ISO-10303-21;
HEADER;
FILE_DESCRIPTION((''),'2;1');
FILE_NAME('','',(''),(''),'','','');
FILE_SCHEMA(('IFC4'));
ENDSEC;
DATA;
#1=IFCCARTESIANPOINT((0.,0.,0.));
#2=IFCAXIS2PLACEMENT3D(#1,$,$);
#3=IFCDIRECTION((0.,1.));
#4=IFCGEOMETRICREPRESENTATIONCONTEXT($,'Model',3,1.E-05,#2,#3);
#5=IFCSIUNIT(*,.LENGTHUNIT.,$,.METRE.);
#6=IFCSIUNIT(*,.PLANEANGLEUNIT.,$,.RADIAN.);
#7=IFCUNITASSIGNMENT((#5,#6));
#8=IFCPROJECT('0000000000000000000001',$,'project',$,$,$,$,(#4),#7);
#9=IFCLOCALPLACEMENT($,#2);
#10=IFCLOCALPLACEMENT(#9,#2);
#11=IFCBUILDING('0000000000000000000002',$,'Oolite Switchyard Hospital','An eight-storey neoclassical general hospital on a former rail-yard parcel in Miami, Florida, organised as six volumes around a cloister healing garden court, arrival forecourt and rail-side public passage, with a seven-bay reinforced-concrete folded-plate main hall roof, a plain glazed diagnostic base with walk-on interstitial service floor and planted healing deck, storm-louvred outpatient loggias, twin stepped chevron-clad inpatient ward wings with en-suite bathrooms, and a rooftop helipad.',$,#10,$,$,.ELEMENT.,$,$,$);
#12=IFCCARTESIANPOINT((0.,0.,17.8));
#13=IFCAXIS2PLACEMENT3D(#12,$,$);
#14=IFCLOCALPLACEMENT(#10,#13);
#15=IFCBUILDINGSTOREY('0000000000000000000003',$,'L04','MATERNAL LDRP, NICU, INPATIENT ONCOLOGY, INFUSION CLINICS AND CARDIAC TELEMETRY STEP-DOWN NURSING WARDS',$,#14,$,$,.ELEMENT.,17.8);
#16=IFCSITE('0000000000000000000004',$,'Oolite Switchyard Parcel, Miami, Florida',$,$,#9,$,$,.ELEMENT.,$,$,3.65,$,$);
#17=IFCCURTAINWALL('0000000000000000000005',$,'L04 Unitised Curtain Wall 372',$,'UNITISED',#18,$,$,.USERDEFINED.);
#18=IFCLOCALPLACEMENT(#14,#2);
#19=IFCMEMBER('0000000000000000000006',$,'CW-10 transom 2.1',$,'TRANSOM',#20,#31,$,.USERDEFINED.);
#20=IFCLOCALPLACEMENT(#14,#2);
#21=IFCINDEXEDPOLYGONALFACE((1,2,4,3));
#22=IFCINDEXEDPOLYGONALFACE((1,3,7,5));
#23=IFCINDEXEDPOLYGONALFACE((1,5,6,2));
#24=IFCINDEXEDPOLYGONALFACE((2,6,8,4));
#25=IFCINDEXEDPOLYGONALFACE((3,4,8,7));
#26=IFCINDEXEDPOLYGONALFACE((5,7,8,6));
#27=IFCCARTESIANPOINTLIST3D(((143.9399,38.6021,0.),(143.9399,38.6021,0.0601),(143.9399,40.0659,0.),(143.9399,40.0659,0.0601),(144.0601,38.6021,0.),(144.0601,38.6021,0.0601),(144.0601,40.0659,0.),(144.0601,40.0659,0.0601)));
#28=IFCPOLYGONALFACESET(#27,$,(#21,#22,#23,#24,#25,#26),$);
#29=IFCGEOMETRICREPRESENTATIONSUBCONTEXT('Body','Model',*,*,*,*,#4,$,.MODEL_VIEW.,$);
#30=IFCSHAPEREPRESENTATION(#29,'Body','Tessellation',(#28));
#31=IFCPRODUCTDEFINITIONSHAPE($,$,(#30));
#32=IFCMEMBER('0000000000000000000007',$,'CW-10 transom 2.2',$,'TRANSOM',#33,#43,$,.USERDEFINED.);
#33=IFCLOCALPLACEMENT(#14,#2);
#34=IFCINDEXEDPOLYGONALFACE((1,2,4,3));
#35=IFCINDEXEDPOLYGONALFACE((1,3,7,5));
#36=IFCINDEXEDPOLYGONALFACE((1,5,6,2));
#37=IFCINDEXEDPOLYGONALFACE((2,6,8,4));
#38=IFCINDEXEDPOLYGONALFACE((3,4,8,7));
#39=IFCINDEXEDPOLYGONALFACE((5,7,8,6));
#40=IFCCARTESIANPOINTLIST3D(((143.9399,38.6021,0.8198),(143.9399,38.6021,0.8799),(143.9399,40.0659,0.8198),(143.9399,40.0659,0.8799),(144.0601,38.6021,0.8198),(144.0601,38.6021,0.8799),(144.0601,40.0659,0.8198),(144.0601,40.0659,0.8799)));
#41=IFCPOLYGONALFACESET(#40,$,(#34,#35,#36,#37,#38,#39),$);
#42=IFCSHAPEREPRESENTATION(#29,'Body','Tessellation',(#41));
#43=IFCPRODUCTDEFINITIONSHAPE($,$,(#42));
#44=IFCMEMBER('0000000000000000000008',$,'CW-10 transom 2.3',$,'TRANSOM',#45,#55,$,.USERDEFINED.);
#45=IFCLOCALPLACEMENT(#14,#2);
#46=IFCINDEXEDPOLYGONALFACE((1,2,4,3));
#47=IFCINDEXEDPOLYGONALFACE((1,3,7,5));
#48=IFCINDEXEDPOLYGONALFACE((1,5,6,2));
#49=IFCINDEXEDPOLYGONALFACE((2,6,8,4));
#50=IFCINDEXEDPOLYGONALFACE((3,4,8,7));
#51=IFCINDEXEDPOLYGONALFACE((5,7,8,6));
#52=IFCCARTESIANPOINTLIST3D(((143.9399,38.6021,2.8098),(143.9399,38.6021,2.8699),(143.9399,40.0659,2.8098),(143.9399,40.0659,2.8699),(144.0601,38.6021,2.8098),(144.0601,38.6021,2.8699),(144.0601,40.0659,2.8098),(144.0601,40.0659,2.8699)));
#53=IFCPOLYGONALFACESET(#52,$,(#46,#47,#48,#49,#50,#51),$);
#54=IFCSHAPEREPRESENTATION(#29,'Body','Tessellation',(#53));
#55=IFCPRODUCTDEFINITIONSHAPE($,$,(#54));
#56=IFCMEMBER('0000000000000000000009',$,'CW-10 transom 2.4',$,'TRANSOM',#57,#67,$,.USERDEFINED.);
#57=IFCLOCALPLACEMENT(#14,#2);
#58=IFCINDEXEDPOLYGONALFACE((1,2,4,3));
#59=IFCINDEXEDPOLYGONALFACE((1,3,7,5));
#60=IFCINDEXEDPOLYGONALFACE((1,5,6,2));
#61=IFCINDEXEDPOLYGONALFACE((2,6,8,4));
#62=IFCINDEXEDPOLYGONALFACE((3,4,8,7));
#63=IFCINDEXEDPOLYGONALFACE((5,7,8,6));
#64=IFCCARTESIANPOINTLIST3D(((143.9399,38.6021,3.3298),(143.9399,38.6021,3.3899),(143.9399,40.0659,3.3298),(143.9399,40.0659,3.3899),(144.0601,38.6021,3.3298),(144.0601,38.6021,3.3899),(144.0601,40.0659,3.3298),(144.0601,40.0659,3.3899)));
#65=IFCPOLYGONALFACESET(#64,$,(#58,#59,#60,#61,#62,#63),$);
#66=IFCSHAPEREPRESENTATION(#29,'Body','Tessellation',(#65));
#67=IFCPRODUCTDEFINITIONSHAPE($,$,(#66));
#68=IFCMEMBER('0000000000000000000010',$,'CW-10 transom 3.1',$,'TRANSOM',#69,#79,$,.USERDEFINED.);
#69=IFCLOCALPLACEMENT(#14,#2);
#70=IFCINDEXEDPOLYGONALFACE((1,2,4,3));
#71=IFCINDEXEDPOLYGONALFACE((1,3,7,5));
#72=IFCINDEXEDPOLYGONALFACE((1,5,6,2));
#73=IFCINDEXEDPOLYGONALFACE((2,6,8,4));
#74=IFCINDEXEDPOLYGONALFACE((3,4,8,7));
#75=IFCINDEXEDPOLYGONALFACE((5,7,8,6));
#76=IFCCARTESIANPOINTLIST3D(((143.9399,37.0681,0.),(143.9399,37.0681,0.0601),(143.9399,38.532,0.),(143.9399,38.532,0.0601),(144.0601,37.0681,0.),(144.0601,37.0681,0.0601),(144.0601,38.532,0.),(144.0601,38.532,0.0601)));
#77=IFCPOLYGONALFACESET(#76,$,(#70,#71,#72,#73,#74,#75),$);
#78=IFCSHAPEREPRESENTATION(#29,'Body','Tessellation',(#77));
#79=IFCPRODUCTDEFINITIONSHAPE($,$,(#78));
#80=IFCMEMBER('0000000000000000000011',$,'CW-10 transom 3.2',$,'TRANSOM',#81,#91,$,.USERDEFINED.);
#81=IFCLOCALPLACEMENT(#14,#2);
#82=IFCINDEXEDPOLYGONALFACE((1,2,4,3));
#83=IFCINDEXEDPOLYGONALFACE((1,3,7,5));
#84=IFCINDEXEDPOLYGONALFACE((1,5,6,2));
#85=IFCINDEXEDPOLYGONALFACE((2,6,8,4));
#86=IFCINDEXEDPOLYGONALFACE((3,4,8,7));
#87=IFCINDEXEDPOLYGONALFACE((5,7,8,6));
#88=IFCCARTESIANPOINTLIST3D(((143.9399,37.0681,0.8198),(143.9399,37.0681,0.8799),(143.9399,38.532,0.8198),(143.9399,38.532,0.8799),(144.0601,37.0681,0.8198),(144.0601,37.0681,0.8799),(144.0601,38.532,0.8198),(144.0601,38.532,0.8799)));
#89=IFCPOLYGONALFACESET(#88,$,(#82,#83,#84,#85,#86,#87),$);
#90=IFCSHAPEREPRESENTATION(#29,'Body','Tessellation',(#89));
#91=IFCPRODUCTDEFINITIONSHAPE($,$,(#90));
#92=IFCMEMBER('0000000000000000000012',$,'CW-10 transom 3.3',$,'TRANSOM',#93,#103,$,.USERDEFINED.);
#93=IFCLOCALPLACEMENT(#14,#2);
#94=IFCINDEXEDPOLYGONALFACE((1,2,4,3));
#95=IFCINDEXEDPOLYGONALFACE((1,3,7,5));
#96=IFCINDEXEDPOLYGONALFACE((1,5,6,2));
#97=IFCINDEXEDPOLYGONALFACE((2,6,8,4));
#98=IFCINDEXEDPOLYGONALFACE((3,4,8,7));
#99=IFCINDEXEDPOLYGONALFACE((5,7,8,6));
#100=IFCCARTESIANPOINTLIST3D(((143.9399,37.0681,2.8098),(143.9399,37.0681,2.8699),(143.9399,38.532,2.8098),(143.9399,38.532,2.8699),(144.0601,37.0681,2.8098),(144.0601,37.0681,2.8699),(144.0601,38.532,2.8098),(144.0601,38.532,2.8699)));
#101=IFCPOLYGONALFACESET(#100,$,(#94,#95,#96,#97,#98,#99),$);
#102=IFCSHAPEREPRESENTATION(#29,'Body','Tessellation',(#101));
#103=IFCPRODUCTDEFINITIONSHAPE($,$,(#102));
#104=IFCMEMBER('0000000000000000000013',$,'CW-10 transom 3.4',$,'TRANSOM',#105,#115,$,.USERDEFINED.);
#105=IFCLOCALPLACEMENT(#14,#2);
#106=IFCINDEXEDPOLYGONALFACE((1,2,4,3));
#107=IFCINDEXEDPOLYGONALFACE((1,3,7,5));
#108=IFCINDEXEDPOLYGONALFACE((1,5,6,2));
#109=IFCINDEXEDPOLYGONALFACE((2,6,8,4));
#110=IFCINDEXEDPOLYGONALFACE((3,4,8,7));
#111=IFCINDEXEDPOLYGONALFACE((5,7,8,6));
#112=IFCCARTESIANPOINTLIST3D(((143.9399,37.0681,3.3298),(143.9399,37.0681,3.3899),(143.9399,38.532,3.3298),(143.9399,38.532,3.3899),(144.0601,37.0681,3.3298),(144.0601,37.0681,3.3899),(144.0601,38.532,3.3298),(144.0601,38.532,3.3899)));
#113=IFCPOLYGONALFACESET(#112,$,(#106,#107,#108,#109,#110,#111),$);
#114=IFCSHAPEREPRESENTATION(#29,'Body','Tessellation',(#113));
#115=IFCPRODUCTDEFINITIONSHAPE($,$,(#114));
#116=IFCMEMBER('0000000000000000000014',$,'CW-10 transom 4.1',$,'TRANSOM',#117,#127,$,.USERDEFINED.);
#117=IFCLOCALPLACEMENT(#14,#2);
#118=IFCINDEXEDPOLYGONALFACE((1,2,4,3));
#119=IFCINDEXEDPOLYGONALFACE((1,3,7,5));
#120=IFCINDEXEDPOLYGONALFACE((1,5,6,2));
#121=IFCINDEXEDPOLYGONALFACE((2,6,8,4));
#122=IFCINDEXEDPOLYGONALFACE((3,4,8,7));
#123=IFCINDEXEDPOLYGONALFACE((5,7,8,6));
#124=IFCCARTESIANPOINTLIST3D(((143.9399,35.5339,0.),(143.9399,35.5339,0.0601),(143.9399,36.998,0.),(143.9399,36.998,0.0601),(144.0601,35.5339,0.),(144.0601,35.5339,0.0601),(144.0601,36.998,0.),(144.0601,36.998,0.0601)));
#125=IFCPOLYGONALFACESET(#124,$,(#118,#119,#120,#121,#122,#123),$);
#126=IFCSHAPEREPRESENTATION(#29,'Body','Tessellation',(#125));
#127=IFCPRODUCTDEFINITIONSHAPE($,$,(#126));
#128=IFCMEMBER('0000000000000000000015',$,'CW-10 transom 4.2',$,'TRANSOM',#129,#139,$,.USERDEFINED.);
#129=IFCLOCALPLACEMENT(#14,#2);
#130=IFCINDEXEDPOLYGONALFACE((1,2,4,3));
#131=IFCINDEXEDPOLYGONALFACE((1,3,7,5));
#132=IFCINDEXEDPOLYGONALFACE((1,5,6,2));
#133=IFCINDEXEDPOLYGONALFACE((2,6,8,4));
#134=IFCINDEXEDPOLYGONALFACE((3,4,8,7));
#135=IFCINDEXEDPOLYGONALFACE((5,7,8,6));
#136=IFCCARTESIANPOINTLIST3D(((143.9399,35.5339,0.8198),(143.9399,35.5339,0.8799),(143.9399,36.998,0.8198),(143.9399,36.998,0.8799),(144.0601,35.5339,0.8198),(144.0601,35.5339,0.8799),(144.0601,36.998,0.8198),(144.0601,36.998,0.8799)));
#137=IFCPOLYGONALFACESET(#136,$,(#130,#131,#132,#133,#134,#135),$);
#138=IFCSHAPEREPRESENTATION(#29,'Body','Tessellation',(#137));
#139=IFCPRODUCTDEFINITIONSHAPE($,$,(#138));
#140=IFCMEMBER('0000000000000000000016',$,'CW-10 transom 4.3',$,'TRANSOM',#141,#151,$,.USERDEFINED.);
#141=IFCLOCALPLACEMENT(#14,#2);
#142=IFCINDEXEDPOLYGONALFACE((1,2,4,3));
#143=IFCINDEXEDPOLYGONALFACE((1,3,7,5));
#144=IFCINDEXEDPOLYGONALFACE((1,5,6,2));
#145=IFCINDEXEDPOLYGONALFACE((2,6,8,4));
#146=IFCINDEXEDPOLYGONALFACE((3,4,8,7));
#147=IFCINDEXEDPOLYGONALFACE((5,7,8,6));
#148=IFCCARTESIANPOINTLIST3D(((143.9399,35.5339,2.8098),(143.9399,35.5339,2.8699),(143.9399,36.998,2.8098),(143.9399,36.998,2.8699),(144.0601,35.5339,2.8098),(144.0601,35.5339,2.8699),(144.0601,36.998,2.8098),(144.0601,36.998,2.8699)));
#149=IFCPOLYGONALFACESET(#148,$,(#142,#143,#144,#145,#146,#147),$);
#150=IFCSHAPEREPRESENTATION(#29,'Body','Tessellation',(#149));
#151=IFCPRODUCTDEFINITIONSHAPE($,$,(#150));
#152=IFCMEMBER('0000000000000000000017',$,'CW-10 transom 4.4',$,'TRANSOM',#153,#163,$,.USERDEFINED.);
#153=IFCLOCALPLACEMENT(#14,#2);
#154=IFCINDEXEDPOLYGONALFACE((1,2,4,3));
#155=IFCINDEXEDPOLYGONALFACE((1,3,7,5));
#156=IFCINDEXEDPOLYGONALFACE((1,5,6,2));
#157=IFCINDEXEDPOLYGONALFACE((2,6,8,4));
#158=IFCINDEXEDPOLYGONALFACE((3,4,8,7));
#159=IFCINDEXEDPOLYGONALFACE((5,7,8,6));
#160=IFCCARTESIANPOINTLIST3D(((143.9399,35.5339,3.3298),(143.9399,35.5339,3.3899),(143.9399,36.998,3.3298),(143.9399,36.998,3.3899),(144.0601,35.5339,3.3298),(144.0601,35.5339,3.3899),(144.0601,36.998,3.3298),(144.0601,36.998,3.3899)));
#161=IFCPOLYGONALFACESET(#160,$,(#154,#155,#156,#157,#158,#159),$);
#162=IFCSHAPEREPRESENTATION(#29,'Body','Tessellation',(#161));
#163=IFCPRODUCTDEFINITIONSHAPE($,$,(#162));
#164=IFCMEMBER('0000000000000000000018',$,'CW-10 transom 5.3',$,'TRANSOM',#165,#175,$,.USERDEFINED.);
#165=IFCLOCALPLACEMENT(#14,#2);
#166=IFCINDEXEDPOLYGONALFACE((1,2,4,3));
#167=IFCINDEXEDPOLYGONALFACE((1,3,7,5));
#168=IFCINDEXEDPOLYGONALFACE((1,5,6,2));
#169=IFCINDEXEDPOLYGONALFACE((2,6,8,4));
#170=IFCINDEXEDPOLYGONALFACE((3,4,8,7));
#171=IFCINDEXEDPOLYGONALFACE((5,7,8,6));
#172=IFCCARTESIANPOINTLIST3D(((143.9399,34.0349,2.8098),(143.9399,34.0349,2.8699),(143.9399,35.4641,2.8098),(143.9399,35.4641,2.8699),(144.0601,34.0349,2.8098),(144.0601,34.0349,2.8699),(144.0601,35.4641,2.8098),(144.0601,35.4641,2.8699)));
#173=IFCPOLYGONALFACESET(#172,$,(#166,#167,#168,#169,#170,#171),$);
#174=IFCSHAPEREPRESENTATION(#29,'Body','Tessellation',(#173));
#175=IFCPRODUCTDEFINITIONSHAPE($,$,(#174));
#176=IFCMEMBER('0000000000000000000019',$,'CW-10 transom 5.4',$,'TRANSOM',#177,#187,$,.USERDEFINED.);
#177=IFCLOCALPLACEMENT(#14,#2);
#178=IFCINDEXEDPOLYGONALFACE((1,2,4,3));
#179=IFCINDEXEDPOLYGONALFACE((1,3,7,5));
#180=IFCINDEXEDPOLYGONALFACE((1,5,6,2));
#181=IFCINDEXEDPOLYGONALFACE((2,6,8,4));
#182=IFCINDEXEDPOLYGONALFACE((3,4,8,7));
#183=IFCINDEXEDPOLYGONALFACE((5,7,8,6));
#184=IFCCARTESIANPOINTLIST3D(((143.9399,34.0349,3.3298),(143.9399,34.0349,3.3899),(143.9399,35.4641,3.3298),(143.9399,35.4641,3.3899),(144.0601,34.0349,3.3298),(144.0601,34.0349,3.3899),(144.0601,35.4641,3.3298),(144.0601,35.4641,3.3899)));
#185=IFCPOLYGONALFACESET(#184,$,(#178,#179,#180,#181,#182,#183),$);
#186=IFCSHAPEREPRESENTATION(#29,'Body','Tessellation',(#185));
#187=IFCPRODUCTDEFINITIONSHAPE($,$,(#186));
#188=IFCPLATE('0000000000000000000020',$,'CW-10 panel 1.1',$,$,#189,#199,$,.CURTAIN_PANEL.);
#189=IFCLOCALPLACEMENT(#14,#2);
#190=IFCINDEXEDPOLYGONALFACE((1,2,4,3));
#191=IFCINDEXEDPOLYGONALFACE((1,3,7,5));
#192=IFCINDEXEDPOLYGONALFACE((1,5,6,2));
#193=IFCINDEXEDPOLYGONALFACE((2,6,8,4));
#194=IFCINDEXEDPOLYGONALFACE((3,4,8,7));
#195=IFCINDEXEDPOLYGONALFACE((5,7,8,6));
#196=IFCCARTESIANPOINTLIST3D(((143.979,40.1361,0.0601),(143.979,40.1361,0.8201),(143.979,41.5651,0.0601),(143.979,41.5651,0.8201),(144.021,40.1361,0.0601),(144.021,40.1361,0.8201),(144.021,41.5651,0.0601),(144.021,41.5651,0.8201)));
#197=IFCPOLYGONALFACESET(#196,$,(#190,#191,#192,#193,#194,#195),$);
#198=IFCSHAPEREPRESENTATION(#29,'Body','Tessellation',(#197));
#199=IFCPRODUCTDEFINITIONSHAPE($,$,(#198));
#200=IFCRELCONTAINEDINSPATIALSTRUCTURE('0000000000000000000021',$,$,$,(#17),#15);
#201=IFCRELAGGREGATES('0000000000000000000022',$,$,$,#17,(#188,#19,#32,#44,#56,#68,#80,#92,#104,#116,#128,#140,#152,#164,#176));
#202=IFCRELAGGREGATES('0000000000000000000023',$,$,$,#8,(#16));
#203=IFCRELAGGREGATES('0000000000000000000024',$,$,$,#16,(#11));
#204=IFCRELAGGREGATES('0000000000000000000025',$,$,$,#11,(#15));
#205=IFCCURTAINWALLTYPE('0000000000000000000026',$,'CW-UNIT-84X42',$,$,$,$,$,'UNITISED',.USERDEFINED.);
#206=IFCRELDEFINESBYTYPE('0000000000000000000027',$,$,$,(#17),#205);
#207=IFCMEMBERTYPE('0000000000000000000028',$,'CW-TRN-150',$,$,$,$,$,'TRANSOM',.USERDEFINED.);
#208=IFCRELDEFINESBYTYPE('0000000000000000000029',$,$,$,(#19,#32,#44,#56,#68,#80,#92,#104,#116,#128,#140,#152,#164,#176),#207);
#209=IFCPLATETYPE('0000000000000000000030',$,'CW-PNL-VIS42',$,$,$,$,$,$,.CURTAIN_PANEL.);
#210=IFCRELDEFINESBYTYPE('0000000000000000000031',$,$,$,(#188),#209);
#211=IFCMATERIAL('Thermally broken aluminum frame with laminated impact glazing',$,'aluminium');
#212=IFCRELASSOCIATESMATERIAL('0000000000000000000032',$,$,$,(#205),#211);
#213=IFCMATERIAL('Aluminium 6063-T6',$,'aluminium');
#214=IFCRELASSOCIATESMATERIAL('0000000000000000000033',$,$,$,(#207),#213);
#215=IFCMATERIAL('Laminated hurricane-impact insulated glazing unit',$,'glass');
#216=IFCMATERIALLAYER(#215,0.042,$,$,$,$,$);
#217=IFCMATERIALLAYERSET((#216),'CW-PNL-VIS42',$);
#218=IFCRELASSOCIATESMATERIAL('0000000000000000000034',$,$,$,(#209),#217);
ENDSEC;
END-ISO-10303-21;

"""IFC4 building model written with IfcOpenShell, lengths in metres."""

from ifc_helpers import new_model, si_unit, direction, frame, origin, origin_2d, place, context, subcontext, project, spatial, rectangle, extrude, material, layer, layer_set, material_profile, profile_set, type_object, element, aggregate, save


model = new_model("IFC4")

# Units and contexts
model_context = context("Model", 3, precision=1e-05, world=origin(), true_north=direction((0.0, 1.0)))
body_context = subcontext(model_context, "Body", "Model", "MODEL_VIEW")
ifc_project = project(units=[si_unit("LENGTHUNIT", "METRE"), si_unit("PLANEANGLEUNIT", "RADIAN")], contexts=[model_context])

# Site, building, storey
site_placement = place(None, origin())
site = spatial("IfcSite", under=ifc_project, at=site_placement, Name="Oolite Switchyard Parcel, Miami, Florida", CompositionType="ELEMENT", RefElevation=3.65)
building_placement = place(site_placement, origin())
building = spatial("IfcBuilding", under=site, at=building_placement, Name="Oolite Switchyard Hospital", Description="An eight-storey neoclassical general hospital on a former rail-yard parcel in Miami, Florida, organised as six volumes around a cloister healing garden court, arrival forecourt and rail-side public passage, with a seven-bay reinforced-concrete folded-plate main hall roof, a plain glazed diagnostic base with walk-on interstitial service floor and planted healing deck, storm-louvred outpatient loggias, twin stepped chevron-clad inpatient ward wings with en-suite bathrooms, and a rooftop helipad.", CompositionType="ELEMENT")
storey_placement = place(building_placement, frame((0.0, 0.0, 17.8)))
storey = spatial("IfcBuildingStorey", under=building, at=storey_placement, Name="L04", Description="MATERNAL LDRP, NICU, INPATIENT ONCOLOGY, INFUSION CLINICS AND CARDIAC TELEMETRY STEP-DOWN NURSING WARDS", CompositionType="ELEMENT", Elevation=17.8)

# Shared definitions
ifc_material_1 = material(Name="Thermally broken aluminum frame with laminated impact glazing", Category="aluminium")
curtain_wall_type = type_object("IfcCurtainWallType", Name="CW-UNIT-84X42", ElementType="UNITISED", PredefinedType="USERDEFINED", material=ifc_material_1)
ifc_material_2 = material(Name="Aluminium 6063-T6", Category="aluminium")

# Curtain wall, members, plate
curtain_wall_1_placement = place(storey_placement, origin())
curtain_wall_1 = element("IfcCurtainWall", 1, at=curtain_wall_1_placement, inside=storey, type_object=curtain_wall_type, Name="L04 Unitised Curtain Wall 372", ObjectType="UNITISED", PredefinedType="USERDEFINED")
ifc_material_profile_1 = material_profile(ifc_material_2, rectangle(XDim=0.1201, YDim=0.0601, at=origin_2d()), Name="CWT60X120")
ifc_profile_set_1 = profile_set([ifc_material_profile_1], Name="Aluminium 6063-T6")
member_type_1 = type_object("IfcMemberType", Name="CW-TRN-150", ElementType="TRANSOM", PredefinedType="USERDEFINED", material=ifc_profile_set_1)
member_1_placement = place(storey_placement, frame((144.0, 40.0659, 0.03), z_axis=(0.0, -1.0, 0.0), x_axis=(1.0, 0.0, 0.0)))
member_1 = element("IfcMember", 2, at=member_1_placement, type_object=member_type_1, Name="CW-10 transom 2.1", ObjectType="TRANSOM", PredefinedType="USERDEFINED", context=body_context, shape_type="SweptSolid", body=[
    extrude(rectangle(XDim=0.1201, YDim=0.0601, at=origin_2d()), origin(), (0.0, 0.0, 1.0), 1.4639),
])
member_2_placement = place(storey_placement, frame((144.0, 40.0659, 0.8499), z_axis=(0.0, -1.0, 0.0), x_axis=(1.0, 0.0, 0.0)))
member_2 = element("IfcMember", 3, at=member_2_placement, type_object=member_type_1, Name="CW-10 transom 2.2", ObjectType="TRANSOM", PredefinedType="USERDEFINED", context=body_context, shape_type="SweptSolid", body=[
    extrude(rectangle(XDim=0.1201, YDim=0.0601, at=origin_2d()), origin(), (0.0, 0.0, 1.0), 1.4639),
])
member_3_placement = place(storey_placement, frame((144.0, 40.0659, 2.8398), z_axis=(0.0, -1.0, 0.0), x_axis=(1.0, 0.0, 0.0)))
member_3 = element("IfcMember", 4, at=member_3_placement, type_object=member_type_1, Name="CW-10 transom 2.3", ObjectType="TRANSOM", PredefinedType="USERDEFINED", context=body_context, shape_type="SweptSolid", body=[
    extrude(rectangle(XDim=0.1201, YDim=0.0601, at=origin_2d()), origin(), (0.0, 0.0, 1.0), 1.4639),
])
member_4_placement = place(storey_placement, frame((144.0, 40.0659, 3.3599), z_axis=(0.0, -1.0, 0.0), x_axis=(1.0, 0.0, 0.0)))
member_4 = element("IfcMember", 5, at=member_4_placement, type_object=member_type_1, Name="CW-10 transom 2.4", ObjectType="TRANSOM", PredefinedType="USERDEFINED", context=body_context, shape_type="SweptSolid", body=[
    extrude(rectangle(XDim=0.1201, YDim=0.0601, at=origin_2d()), origin(), (0.0, 0.0, 1.0), 1.4639),
])
member_5_placement = place(storey_placement, frame((144.0, 38.532, 0.03), z_axis=(0.0, -1.0, 0.0), x_axis=(1.0, 0.0, 0.0)))
member_5 = element("IfcMember", 6, at=member_5_placement, type_object=member_type_1, Name="CW-10 transom 3.1", ObjectType="TRANSOM", PredefinedType="USERDEFINED", context=body_context, shape_type="SweptSolid", body=[
    extrude(rectangle(XDim=0.1201, YDim=0.0601, at=origin_2d()), origin(), (0.0, 0.0, 1.0), 1.4639),
])
member_6_placement = place(storey_placement, frame((144.0, 38.532, 0.8499), z_axis=(0.0, -1.0, 0.0), x_axis=(1.0, 0.0, 0.0)))
member_6 = element("IfcMember", 7, at=member_6_placement, type_object=member_type_1, Name="CW-10 transom 3.2", ObjectType="TRANSOM", PredefinedType="USERDEFINED", context=body_context, shape_type="SweptSolid", body=[
    extrude(rectangle(XDim=0.1201, YDim=0.0601, at=origin_2d()), origin(), (0.0, 0.0, 1.0), 1.4639),
])
member_7_placement = place(storey_placement, frame((144.0, 38.532, 2.8398), z_axis=(0.0, -1.0, 0.0), x_axis=(1.0, 0.0, 0.0)))
member_7 = element("IfcMember", 8, at=member_7_placement, type_object=member_type_1, Name="CW-10 transom 3.3", ObjectType="TRANSOM", PredefinedType="USERDEFINED", context=body_context, shape_type="SweptSolid", body=[
    extrude(rectangle(XDim=0.1201, YDim=0.0601, at=origin_2d()), origin(), (0.0, 0.0, 1.0), 1.4639),
])
member_8_placement = place(storey_placement, frame((144.0, 38.532, 3.3599), z_axis=(0.0, -1.0, 0.0), x_axis=(1.0, 0.0, 0.0)))
member_8 = element("IfcMember", 9, at=member_8_placement, type_object=member_type_1, Name="CW-10 transom 3.4", ObjectType="TRANSOM", PredefinedType="USERDEFINED", context=body_context, shape_type="SweptSolid", body=[
    extrude(rectangle(XDim=0.1201, YDim=0.0601, at=origin_2d()), origin(), (0.0, 0.0, 1.0), 1.4639),
])
member_9_placement = place(storey_placement, frame((144.0, 36.998, 0.03), z_axis=(0.0, -1.0, 0.0), x_axis=(1.0, 0.0, 0.0)))
member_9 = element("IfcMember", 10, at=member_9_placement, type_object=member_type_1, Name="CW-10 transom 4.1", ObjectType="TRANSOM", PredefinedType="USERDEFINED", context=body_context, shape_type="SweptSolid", body=[
    extrude(rectangle(XDim=0.1201, YDim=0.0601, at=origin_2d()), origin(), (0.0, 0.0, 1.0), 1.4641),
])
member_10_placement = place(storey_placement, frame((144.0, 36.998, 0.8499), z_axis=(0.0, -1.0, 0.0), x_axis=(1.0, 0.0, 0.0)))
member_10 = element("IfcMember", 11, at=member_10_placement, type_object=member_type_1, Name="CW-10 transom 4.2", ObjectType="TRANSOM", PredefinedType="USERDEFINED", context=body_context, shape_type="SweptSolid", body=[
    extrude(rectangle(XDim=0.1201, YDim=0.0601, at=origin_2d()), origin(), (0.0, 0.0, 1.0), 1.4641),
])
member_11_placement = place(storey_placement, frame((144.0, 36.998, 2.8398), z_axis=(0.0, -1.0, 0.0), x_axis=(1.0, 0.0, 0.0)))
member_11 = element("IfcMember", 12, at=member_11_placement, type_object=member_type_1, Name="CW-10 transom 4.3", ObjectType="TRANSOM", PredefinedType="USERDEFINED", context=body_context, shape_type="SweptSolid", body=[
    extrude(rectangle(XDim=0.1201, YDim=0.0601, at=origin_2d()), origin(), (0.0, 0.0, 1.0), 1.4641),
])
member_12_placement = place(storey_placement, frame((144.0, 36.998, 3.3599), z_axis=(0.0, -1.0, 0.0), x_axis=(1.0, 0.0, 0.0)))
member_12 = element("IfcMember", 13, at=member_12_placement, type_object=member_type_1, Name="CW-10 transom 4.4", ObjectType="TRANSOM", PredefinedType="USERDEFINED", context=body_context, shape_type="SweptSolid", body=[
    extrude(rectangle(XDim=0.1201, YDim=0.0601, at=origin_2d()), origin(), (0.0, 0.0, 1.0), 1.4641),
])
member_13_placement = place(storey_placement, frame((144.0, 35.4641, 2.8398), z_axis=(0.0, -1.0, 0.0), x_axis=(1.0, 0.0, 0.0)))
member_13 = element("IfcMember", 14, at=member_13_placement, type_object=member_type_1, Name="CW-10 transom 5.3", ObjectType="TRANSOM", PredefinedType="USERDEFINED", context=body_context, shape_type="SweptSolid", body=[
    extrude(rectangle(XDim=0.1201, YDim=0.0601, at=origin_2d()), origin(), (0.0, 0.0, 1.0), 1.4292),
])
member_14_placement = place(storey_placement, frame((144.0, 35.4641, 3.3599), z_axis=(0.0, -1.0, 0.0), x_axis=(1.0, 0.0, 0.0)))
member_14 = element("IfcMember", 15, at=member_14_placement, type_object=member_type_1, Name="CW-10 transom 5.4", ObjectType="TRANSOM", PredefinedType="USERDEFINED", context=body_context, shape_type="SweptSolid", body=[
    extrude(rectangle(XDim=0.1201, YDim=0.0601, at=origin_2d()), origin(), (0.0, 0.0, 1.0), 1.4292),
])
ifc_material_3 = material(Name="Laminated hurricane-impact insulated glazing unit", Category="glass")
ifc_layer = layer(ifc_material_3, 0.042)
ifc_layer_set = layer_set([ifc_layer], Name="CW-PNL-VIS42")
plate_type = type_object("IfcPlateType", Name="CW-PNL-VIS42", PredefinedType="CURTAIN_PANEL", material=ifc_layer_set)
plate_1_placement = place(storey_placement, frame((144.0, 40.8506, 0.0601), z_axis=(0.0, 0.0, 1.0), x_axis=(0.0, -1.0, 0.0)))
plate_1 = element("IfcPlate", 16, at=plate_1_placement, type_object=plate_type, Name="CW-10 panel 1.1", PredefinedType="CURTAIN_PANEL", context=body_context, shape_type="SweptSolid", body=[
    extrude(rectangle(XDim=1.429, YDim=0.042, at=origin_2d()), origin(), (0.0, 0.0, 1.0), 0.76),
])
aggregate(curtain_wall_1, [plate_1, member_1, member_2, member_3, member_4, member_5, member_6, member_7, member_8, member_9, member_10, member_11, member_12, member_13, member_14])

save(model, "model.ifc")
